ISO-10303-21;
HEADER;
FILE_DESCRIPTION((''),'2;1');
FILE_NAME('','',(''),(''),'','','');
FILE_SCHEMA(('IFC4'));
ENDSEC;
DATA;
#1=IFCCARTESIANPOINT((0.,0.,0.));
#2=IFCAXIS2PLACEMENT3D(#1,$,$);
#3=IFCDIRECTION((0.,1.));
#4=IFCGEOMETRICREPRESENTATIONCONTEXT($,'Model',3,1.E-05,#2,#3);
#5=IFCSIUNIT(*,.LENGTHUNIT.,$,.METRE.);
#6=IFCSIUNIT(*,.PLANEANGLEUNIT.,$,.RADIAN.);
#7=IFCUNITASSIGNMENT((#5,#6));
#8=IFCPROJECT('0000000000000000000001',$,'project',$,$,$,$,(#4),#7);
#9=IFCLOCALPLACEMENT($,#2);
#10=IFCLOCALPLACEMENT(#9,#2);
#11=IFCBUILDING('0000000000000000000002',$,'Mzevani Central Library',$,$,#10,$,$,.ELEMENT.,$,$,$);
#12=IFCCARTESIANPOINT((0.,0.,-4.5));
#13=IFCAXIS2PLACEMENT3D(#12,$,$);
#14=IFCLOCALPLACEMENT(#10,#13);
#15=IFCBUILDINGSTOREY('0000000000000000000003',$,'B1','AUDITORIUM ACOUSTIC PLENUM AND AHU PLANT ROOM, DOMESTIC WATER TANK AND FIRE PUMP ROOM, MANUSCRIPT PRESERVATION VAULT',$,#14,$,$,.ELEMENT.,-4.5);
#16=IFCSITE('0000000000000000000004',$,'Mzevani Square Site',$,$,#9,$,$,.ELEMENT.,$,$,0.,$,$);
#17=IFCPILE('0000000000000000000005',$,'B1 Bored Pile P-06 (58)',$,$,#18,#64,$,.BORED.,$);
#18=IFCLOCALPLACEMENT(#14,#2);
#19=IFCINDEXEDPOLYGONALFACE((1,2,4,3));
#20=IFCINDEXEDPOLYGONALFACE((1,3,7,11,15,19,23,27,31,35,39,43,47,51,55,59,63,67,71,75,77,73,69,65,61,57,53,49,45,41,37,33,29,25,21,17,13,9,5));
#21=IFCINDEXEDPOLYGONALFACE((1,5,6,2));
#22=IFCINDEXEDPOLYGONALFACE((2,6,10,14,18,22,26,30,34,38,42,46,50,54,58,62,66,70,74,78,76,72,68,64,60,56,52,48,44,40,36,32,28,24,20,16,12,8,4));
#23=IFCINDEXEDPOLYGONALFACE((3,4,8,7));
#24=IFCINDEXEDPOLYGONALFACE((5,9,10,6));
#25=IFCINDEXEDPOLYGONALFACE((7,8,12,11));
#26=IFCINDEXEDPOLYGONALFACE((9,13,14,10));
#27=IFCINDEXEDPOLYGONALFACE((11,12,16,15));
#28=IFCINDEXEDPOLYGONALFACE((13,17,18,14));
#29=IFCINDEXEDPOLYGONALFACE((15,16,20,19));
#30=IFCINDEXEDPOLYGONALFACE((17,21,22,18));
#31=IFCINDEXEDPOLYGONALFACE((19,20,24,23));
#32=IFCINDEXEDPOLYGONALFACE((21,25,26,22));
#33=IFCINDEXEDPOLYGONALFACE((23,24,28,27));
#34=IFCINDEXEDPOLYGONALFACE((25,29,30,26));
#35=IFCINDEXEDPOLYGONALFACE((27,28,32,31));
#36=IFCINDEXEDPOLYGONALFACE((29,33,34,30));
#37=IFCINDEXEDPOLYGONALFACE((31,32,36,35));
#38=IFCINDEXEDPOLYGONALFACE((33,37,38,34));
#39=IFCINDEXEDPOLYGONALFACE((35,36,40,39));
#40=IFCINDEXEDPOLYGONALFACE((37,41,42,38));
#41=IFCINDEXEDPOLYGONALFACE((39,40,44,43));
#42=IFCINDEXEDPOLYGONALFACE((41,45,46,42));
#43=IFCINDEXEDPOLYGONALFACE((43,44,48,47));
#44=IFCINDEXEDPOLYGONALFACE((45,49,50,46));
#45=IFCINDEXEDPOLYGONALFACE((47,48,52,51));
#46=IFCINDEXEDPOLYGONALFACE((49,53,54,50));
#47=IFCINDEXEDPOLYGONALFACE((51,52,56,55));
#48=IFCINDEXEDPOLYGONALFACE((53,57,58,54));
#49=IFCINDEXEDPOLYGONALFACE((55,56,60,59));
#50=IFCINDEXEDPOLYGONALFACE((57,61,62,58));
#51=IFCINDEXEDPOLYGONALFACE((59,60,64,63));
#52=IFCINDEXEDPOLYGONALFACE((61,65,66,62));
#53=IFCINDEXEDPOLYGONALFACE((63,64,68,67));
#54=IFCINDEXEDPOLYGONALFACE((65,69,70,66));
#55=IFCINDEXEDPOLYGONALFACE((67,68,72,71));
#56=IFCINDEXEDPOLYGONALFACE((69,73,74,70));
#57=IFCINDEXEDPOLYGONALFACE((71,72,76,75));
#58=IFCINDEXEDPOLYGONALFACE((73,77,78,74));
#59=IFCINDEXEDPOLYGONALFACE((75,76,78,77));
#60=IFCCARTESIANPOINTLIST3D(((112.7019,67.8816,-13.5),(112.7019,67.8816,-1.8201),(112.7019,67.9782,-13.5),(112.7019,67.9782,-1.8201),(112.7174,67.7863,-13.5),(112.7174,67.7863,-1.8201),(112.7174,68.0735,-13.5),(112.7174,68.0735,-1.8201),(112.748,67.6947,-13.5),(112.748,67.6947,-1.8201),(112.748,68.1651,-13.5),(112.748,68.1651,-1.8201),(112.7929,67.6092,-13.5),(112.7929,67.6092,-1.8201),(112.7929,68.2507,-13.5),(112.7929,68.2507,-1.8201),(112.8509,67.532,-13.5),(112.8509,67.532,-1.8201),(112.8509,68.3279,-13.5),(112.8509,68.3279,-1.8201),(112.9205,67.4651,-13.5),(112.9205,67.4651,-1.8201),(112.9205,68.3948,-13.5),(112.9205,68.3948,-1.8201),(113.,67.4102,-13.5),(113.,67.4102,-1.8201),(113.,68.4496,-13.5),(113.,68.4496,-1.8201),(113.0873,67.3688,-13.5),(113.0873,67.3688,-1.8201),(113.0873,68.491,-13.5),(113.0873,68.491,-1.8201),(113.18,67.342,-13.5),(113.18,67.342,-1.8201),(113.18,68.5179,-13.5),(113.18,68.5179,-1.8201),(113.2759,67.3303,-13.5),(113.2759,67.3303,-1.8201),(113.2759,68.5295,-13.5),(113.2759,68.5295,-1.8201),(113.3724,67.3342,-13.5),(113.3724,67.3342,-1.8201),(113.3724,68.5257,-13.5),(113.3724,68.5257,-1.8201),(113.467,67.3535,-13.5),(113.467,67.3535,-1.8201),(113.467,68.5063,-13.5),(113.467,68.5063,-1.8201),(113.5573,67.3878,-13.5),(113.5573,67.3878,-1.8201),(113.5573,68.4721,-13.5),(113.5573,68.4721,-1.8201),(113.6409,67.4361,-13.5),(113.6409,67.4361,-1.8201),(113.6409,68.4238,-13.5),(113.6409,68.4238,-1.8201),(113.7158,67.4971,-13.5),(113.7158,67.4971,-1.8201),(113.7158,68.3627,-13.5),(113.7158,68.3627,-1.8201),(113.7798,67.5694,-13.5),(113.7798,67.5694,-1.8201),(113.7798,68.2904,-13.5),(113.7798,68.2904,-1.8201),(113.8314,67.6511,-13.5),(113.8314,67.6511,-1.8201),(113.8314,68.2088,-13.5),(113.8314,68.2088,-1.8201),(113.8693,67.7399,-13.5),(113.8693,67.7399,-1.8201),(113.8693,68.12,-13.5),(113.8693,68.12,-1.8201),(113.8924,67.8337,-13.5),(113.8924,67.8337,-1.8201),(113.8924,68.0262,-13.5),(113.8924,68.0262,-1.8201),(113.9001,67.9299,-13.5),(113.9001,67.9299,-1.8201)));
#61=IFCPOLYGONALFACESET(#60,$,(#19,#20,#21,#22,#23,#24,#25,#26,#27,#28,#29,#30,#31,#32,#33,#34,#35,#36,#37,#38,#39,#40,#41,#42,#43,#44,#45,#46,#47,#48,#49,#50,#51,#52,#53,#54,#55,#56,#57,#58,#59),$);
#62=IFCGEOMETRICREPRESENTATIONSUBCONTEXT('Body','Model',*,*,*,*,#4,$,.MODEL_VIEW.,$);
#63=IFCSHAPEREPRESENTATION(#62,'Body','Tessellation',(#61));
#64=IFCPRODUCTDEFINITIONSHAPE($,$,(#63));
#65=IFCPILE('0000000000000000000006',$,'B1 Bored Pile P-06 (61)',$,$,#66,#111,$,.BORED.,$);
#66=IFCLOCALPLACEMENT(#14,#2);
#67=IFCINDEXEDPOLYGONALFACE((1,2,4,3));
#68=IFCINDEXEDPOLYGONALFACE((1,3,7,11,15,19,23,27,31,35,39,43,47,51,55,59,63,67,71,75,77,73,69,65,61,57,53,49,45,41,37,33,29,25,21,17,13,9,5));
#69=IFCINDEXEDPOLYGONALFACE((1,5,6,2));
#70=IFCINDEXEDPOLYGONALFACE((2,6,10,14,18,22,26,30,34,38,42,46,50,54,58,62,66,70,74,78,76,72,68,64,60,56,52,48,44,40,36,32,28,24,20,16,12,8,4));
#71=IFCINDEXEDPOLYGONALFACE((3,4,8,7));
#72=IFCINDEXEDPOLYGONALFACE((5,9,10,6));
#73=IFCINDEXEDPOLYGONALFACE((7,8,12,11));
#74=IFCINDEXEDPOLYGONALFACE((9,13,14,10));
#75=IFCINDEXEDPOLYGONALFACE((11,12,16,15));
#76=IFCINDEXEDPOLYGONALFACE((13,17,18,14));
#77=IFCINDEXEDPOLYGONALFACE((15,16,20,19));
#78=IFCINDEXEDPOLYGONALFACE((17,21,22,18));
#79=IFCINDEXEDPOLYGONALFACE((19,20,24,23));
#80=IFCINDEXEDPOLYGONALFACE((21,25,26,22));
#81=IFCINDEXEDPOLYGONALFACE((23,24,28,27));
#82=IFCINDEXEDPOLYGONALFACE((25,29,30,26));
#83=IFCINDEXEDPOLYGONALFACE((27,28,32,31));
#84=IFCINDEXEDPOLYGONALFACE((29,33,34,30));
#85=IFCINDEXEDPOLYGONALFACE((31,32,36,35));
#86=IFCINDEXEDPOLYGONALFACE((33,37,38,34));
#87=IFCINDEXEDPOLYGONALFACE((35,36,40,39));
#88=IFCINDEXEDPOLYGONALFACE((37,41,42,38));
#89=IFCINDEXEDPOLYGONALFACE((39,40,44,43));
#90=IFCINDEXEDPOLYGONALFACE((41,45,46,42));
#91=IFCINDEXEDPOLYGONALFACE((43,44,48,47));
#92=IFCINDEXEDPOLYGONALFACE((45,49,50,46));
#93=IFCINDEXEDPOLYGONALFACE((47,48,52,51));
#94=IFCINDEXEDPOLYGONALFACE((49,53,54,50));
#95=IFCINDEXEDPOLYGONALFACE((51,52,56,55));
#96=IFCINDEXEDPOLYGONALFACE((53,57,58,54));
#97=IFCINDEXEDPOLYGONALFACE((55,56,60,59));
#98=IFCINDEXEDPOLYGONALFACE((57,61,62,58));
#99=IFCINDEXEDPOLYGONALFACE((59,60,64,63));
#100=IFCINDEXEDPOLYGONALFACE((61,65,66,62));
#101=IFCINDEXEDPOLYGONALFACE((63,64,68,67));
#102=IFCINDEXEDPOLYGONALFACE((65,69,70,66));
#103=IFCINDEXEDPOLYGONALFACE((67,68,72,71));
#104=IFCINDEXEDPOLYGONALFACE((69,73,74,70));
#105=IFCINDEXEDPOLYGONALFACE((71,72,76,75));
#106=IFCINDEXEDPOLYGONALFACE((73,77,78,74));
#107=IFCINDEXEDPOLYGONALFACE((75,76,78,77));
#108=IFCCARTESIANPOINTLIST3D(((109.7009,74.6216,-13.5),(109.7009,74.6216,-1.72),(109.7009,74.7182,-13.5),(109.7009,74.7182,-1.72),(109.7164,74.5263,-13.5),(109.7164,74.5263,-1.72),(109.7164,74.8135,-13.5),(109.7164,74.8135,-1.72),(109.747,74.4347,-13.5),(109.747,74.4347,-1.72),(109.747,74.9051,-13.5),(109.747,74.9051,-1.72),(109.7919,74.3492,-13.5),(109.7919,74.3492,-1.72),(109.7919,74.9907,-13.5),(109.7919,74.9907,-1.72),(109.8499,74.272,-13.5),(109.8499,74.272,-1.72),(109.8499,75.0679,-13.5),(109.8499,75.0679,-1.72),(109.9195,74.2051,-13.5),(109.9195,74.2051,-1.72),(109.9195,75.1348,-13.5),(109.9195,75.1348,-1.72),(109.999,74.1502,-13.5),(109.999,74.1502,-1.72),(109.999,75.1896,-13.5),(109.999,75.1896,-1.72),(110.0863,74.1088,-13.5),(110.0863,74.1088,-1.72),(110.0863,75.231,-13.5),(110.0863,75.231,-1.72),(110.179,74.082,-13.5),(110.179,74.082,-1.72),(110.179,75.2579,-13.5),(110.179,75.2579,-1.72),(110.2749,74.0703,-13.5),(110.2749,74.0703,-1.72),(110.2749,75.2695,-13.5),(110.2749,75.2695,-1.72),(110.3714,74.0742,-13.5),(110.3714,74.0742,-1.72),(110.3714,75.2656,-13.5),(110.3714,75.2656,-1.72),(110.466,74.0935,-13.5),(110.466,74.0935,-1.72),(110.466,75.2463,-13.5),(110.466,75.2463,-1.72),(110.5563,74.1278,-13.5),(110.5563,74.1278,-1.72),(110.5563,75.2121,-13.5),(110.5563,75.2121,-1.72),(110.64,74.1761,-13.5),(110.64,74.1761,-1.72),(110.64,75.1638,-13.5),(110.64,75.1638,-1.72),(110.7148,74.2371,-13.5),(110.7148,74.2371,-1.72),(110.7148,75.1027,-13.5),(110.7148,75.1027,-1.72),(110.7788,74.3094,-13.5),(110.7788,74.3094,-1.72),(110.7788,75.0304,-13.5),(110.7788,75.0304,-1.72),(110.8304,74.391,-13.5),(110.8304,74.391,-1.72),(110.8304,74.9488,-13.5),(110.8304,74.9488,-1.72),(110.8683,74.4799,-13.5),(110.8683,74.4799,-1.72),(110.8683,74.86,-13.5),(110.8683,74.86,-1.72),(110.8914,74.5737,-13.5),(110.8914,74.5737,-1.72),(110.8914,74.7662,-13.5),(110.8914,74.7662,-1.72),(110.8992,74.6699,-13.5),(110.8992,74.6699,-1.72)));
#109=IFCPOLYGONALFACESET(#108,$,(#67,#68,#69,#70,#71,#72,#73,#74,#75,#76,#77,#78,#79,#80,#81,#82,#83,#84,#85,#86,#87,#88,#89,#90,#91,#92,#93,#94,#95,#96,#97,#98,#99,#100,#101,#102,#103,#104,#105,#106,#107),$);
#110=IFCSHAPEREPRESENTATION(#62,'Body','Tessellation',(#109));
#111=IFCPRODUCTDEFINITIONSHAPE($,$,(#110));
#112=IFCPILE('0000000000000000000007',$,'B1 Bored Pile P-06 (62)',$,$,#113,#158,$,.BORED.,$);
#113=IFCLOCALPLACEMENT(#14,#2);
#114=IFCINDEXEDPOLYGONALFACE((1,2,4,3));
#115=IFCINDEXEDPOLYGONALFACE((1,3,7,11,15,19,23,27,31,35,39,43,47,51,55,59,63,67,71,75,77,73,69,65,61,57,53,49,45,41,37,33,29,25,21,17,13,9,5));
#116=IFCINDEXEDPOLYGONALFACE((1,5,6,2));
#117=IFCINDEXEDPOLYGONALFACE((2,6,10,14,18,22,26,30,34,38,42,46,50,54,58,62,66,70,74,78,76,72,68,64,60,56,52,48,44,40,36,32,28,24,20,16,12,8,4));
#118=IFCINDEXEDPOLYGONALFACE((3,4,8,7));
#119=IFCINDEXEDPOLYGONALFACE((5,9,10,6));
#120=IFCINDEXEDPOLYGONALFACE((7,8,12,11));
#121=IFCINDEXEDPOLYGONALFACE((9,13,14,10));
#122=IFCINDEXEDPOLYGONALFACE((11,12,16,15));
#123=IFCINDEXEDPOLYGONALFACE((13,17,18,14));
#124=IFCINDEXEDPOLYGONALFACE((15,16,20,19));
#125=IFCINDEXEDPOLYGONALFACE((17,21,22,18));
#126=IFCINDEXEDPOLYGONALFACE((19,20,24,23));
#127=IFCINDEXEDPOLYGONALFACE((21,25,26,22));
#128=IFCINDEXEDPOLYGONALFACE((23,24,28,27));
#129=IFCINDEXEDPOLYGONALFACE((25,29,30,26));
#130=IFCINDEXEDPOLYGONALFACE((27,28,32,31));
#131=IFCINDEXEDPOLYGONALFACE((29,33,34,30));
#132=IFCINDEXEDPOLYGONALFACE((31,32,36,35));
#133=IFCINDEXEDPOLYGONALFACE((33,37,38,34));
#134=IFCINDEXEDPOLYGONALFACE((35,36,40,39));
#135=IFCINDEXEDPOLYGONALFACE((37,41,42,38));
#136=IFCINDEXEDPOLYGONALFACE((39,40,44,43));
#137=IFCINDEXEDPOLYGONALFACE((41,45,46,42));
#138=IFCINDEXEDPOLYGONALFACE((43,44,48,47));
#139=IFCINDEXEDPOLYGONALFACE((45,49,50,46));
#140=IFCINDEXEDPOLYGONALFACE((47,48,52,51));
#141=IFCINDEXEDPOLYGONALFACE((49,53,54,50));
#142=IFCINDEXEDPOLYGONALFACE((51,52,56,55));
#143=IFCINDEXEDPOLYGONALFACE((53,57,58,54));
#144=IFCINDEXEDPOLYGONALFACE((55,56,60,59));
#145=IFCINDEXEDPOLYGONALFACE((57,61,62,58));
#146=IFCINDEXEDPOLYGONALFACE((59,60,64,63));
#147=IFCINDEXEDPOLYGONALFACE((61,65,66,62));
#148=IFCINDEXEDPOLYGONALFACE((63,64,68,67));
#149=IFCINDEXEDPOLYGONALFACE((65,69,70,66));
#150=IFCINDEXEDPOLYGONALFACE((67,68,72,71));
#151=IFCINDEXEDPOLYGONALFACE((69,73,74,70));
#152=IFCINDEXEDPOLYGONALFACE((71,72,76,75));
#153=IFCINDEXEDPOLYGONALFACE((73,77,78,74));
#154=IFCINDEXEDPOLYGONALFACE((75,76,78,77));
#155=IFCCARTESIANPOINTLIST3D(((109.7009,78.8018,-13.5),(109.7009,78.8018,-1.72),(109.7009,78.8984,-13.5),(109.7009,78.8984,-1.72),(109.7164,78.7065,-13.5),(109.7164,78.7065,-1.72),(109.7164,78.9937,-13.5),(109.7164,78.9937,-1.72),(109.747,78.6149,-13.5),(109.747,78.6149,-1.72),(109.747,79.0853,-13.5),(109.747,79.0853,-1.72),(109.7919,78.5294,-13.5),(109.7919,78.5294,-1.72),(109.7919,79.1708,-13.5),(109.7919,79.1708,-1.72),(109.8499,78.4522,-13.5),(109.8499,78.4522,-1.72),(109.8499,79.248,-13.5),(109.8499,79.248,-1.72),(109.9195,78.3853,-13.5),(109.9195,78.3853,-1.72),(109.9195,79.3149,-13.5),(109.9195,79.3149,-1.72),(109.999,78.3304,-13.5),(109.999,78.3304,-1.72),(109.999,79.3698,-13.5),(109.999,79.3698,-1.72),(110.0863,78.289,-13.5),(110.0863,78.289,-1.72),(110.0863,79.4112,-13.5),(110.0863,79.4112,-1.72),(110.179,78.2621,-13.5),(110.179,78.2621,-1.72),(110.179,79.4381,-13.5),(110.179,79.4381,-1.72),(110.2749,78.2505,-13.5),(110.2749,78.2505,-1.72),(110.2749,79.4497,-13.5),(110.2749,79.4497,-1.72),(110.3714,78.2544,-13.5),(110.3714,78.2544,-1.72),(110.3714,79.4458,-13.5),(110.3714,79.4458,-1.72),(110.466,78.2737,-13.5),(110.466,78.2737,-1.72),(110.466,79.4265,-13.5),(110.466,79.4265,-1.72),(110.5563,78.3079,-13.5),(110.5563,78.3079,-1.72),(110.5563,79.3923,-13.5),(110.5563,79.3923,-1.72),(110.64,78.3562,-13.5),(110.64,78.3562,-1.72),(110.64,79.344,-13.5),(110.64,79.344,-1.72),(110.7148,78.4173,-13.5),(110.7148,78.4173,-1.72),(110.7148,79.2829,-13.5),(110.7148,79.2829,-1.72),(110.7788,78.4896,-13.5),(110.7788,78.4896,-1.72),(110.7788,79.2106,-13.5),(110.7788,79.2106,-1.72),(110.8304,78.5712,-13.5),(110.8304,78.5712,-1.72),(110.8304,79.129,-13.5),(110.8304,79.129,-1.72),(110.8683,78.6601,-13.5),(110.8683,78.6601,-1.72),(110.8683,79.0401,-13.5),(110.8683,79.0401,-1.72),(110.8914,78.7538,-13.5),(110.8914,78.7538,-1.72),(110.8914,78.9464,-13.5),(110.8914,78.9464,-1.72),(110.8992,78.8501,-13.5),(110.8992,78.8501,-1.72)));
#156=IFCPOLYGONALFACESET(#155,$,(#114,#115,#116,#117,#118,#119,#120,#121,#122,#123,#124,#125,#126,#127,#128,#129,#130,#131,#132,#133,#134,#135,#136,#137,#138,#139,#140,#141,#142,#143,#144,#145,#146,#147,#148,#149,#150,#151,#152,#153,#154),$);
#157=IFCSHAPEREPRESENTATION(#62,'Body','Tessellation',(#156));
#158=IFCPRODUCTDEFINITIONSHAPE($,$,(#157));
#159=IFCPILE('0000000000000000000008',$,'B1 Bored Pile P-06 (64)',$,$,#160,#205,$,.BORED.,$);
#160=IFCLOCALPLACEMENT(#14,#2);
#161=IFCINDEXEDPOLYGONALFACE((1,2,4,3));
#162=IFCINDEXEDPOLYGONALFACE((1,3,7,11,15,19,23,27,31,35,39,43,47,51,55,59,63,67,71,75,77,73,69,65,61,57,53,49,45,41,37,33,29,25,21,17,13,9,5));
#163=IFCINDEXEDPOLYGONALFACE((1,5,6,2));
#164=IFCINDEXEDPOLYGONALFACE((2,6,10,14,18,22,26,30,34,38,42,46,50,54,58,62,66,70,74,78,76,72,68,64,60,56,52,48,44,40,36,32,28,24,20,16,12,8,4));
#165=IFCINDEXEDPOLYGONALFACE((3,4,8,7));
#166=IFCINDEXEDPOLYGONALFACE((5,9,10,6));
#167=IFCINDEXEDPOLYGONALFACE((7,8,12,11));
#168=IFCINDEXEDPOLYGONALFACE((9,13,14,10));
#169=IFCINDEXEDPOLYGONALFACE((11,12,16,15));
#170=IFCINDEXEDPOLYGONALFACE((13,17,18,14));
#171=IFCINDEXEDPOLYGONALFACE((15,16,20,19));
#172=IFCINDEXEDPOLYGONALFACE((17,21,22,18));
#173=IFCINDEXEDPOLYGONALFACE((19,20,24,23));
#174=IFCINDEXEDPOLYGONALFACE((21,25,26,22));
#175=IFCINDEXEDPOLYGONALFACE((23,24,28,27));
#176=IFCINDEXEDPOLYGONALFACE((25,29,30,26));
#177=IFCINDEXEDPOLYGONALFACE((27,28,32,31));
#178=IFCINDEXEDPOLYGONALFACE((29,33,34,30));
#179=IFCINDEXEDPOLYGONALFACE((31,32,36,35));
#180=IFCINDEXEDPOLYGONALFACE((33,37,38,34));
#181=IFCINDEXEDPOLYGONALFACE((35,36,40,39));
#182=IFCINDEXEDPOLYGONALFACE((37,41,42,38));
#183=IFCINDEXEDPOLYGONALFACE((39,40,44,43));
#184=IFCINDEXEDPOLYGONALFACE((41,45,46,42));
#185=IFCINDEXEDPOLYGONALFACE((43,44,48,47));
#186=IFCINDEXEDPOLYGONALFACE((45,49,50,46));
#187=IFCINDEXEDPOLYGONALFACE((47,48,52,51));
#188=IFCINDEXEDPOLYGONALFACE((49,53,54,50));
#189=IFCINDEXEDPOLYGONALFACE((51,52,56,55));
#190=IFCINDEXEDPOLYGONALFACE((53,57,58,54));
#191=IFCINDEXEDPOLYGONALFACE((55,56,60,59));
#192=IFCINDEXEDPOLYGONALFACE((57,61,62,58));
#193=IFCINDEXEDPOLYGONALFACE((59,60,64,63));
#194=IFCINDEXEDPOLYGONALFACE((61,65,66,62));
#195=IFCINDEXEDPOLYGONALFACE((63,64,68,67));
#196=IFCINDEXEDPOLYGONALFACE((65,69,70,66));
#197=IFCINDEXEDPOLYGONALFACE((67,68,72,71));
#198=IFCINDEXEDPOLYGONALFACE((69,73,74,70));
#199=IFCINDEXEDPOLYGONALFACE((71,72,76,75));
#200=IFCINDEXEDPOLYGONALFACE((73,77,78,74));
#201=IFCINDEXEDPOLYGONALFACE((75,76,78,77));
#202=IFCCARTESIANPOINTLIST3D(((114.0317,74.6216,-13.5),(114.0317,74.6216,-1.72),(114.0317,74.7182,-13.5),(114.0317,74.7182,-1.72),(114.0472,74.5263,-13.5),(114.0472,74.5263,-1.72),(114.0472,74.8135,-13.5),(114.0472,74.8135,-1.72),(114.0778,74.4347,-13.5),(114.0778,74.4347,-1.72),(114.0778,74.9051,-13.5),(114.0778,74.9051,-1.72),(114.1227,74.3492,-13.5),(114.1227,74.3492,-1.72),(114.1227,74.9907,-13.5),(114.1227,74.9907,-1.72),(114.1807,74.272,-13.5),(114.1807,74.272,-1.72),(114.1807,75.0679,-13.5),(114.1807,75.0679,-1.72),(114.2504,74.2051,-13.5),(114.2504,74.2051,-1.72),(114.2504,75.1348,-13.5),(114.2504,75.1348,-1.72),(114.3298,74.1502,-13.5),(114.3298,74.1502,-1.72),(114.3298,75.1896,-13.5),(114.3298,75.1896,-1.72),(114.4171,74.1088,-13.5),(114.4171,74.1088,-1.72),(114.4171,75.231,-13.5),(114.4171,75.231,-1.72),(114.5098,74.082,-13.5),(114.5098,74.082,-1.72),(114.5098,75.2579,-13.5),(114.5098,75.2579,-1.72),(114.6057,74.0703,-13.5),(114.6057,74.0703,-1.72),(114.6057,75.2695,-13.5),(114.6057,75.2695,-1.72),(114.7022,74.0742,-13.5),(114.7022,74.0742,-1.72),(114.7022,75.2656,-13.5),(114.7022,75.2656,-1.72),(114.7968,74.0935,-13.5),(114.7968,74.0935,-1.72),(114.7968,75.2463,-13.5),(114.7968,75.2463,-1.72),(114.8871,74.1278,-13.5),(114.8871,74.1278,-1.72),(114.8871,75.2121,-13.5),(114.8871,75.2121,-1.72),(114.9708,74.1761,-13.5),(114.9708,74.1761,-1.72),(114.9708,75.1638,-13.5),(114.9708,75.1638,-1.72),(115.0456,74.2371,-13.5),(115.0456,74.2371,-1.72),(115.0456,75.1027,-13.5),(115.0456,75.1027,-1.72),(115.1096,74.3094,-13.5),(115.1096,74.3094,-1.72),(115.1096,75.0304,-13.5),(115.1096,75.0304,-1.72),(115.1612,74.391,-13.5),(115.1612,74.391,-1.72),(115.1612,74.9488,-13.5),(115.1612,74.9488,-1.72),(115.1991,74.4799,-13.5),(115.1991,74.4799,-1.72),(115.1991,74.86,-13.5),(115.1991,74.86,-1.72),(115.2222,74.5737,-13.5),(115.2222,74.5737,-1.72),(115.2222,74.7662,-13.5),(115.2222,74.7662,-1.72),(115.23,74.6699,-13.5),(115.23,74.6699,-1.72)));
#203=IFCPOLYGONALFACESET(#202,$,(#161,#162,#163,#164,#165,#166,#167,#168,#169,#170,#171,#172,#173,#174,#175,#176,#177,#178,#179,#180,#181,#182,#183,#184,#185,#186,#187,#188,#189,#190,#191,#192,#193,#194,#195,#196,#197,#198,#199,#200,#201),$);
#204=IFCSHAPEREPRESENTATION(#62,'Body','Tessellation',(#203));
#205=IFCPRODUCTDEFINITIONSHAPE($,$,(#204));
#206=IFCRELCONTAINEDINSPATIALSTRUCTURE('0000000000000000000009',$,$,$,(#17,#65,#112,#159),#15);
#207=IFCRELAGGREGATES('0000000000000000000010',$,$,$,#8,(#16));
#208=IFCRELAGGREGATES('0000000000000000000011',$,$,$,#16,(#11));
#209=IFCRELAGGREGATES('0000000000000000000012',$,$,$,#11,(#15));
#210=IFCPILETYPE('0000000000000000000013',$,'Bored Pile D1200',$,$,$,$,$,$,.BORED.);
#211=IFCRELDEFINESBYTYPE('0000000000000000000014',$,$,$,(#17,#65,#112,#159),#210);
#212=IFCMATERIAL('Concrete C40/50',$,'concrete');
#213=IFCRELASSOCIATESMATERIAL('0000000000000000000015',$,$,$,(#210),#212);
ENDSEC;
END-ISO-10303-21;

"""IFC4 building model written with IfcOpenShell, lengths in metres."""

from ifc_helpers import new_model, si_unit, direction, frame, origin, origin_2d, place, context, subcontext, project, spatial, circle, extrude, material, material_profile, profile_set, type_object, element, save


model = new_model("IFC4")

# Units and contexts
model_context = context("Model", 3, precision=1e-05, world=origin(), true_north=direction((0.0, 1.0)))
body_context = subcontext(model_context, "Body", "Model", "MODEL_VIEW")
ifc_project = project(units=[si_unit("LENGTHUNIT", "METRE"), si_unit("PLANEANGLEUNIT", "RADIAN")], contexts=[model_context])

# Site, building, storey
site_placement = place(None, origin())
site = spatial("IfcSite", under=ifc_project, at=site_placement, Name="Mzevani Square Site", CompositionType="ELEMENT", RefElevation=0.0)
building_placement = place(site_placement, origin())
building = spatial("IfcBuilding", under=site, at=building_placement, Name="Mzevani Central Library", CompositionType="ELEMENT")
storey_placement = place(building_placement, frame((0.0, 0.0, -4.5)))
storey = spatial("IfcBuildingStorey", under=building, at=storey_placement, Name="B1", Description="AUDITORIUM ACOUSTIC PLENUM AND AHU PLANT ROOM, DOMESTIC WATER TANK AND FIRE PUMP ROOM, MANUSCRIPT PRESERVATION VAULT", CompositionType="ELEMENT", Elevation=-4.5)

# Piles
ifc_material_1 = material(Name="Concrete C40/50", Category="concrete")
ifc_material_profile_1 = material_profile(ifc_material_1, circle(Radius=0.6001, at=origin_2d()), Name="PILE D1200")
ifc_profile_set_1 = profile_set([ifc_material_profile_1], Name="Concrete C40/50")
pile_type_1 = type_object("IfcPileType", Name="Bored Pile D1200", PredefinedType="BORED", material=ifc_profile_set_1)
pile_1_placement = place(storey_placement, frame((113.3, 67.9299, -1.8201), z_axis=(0.0, 0.0, -1.0), x_axis=(1.0, 0.0, 0.0)))
element("IfcPile", 1, at=pile_1_placement, inside=storey, type_object=pile_type_1, Name="B1 Bored Pile P-06 (58)", PredefinedType="BORED", context=body_context, shape_type="SweptSolid", body=[
    extrude(circle(Radius=0.6001, at=origin_2d()), origin(), (0.0, 0.0, 1.0), 11.6799),
])
for number, where, z_axis, x_axis, name in (
    (2, (110.2991, 74.6699, -1.72), (0.0, 0.0, -1.0), (1.0, 0.0, 0.0), "B1 Bored Pile P-06 (61)"),
    (3, (110.2991, 78.8501, -1.72), (0.0, 0.0, -1.0), (1.0, 0.0, 0.0), "B1 Bored Pile P-06 (62)"),
    (4, (114.6299, 74.6699, -1.72), (0.0, 0.0, -1.0), (1.0, 0.0, 0.0), "B1 Bored Pile P-06 (64)"),
):
    element("IfcPile", number, at=place(storey_placement, frame(where, z_axis=z_axis, x_axis=x_axis)), inside=storey, type_object=pile_type_1, Name=name, PredefinedType="BORED", context=body_context, shape_type="SweptSolid", body=[
        extrude(circle(Radius=0.6001, at=origin_2d()), origin(), (0.0, 0.0, 1.0), 11.78),
    ])

save(model, "model.ifc")
